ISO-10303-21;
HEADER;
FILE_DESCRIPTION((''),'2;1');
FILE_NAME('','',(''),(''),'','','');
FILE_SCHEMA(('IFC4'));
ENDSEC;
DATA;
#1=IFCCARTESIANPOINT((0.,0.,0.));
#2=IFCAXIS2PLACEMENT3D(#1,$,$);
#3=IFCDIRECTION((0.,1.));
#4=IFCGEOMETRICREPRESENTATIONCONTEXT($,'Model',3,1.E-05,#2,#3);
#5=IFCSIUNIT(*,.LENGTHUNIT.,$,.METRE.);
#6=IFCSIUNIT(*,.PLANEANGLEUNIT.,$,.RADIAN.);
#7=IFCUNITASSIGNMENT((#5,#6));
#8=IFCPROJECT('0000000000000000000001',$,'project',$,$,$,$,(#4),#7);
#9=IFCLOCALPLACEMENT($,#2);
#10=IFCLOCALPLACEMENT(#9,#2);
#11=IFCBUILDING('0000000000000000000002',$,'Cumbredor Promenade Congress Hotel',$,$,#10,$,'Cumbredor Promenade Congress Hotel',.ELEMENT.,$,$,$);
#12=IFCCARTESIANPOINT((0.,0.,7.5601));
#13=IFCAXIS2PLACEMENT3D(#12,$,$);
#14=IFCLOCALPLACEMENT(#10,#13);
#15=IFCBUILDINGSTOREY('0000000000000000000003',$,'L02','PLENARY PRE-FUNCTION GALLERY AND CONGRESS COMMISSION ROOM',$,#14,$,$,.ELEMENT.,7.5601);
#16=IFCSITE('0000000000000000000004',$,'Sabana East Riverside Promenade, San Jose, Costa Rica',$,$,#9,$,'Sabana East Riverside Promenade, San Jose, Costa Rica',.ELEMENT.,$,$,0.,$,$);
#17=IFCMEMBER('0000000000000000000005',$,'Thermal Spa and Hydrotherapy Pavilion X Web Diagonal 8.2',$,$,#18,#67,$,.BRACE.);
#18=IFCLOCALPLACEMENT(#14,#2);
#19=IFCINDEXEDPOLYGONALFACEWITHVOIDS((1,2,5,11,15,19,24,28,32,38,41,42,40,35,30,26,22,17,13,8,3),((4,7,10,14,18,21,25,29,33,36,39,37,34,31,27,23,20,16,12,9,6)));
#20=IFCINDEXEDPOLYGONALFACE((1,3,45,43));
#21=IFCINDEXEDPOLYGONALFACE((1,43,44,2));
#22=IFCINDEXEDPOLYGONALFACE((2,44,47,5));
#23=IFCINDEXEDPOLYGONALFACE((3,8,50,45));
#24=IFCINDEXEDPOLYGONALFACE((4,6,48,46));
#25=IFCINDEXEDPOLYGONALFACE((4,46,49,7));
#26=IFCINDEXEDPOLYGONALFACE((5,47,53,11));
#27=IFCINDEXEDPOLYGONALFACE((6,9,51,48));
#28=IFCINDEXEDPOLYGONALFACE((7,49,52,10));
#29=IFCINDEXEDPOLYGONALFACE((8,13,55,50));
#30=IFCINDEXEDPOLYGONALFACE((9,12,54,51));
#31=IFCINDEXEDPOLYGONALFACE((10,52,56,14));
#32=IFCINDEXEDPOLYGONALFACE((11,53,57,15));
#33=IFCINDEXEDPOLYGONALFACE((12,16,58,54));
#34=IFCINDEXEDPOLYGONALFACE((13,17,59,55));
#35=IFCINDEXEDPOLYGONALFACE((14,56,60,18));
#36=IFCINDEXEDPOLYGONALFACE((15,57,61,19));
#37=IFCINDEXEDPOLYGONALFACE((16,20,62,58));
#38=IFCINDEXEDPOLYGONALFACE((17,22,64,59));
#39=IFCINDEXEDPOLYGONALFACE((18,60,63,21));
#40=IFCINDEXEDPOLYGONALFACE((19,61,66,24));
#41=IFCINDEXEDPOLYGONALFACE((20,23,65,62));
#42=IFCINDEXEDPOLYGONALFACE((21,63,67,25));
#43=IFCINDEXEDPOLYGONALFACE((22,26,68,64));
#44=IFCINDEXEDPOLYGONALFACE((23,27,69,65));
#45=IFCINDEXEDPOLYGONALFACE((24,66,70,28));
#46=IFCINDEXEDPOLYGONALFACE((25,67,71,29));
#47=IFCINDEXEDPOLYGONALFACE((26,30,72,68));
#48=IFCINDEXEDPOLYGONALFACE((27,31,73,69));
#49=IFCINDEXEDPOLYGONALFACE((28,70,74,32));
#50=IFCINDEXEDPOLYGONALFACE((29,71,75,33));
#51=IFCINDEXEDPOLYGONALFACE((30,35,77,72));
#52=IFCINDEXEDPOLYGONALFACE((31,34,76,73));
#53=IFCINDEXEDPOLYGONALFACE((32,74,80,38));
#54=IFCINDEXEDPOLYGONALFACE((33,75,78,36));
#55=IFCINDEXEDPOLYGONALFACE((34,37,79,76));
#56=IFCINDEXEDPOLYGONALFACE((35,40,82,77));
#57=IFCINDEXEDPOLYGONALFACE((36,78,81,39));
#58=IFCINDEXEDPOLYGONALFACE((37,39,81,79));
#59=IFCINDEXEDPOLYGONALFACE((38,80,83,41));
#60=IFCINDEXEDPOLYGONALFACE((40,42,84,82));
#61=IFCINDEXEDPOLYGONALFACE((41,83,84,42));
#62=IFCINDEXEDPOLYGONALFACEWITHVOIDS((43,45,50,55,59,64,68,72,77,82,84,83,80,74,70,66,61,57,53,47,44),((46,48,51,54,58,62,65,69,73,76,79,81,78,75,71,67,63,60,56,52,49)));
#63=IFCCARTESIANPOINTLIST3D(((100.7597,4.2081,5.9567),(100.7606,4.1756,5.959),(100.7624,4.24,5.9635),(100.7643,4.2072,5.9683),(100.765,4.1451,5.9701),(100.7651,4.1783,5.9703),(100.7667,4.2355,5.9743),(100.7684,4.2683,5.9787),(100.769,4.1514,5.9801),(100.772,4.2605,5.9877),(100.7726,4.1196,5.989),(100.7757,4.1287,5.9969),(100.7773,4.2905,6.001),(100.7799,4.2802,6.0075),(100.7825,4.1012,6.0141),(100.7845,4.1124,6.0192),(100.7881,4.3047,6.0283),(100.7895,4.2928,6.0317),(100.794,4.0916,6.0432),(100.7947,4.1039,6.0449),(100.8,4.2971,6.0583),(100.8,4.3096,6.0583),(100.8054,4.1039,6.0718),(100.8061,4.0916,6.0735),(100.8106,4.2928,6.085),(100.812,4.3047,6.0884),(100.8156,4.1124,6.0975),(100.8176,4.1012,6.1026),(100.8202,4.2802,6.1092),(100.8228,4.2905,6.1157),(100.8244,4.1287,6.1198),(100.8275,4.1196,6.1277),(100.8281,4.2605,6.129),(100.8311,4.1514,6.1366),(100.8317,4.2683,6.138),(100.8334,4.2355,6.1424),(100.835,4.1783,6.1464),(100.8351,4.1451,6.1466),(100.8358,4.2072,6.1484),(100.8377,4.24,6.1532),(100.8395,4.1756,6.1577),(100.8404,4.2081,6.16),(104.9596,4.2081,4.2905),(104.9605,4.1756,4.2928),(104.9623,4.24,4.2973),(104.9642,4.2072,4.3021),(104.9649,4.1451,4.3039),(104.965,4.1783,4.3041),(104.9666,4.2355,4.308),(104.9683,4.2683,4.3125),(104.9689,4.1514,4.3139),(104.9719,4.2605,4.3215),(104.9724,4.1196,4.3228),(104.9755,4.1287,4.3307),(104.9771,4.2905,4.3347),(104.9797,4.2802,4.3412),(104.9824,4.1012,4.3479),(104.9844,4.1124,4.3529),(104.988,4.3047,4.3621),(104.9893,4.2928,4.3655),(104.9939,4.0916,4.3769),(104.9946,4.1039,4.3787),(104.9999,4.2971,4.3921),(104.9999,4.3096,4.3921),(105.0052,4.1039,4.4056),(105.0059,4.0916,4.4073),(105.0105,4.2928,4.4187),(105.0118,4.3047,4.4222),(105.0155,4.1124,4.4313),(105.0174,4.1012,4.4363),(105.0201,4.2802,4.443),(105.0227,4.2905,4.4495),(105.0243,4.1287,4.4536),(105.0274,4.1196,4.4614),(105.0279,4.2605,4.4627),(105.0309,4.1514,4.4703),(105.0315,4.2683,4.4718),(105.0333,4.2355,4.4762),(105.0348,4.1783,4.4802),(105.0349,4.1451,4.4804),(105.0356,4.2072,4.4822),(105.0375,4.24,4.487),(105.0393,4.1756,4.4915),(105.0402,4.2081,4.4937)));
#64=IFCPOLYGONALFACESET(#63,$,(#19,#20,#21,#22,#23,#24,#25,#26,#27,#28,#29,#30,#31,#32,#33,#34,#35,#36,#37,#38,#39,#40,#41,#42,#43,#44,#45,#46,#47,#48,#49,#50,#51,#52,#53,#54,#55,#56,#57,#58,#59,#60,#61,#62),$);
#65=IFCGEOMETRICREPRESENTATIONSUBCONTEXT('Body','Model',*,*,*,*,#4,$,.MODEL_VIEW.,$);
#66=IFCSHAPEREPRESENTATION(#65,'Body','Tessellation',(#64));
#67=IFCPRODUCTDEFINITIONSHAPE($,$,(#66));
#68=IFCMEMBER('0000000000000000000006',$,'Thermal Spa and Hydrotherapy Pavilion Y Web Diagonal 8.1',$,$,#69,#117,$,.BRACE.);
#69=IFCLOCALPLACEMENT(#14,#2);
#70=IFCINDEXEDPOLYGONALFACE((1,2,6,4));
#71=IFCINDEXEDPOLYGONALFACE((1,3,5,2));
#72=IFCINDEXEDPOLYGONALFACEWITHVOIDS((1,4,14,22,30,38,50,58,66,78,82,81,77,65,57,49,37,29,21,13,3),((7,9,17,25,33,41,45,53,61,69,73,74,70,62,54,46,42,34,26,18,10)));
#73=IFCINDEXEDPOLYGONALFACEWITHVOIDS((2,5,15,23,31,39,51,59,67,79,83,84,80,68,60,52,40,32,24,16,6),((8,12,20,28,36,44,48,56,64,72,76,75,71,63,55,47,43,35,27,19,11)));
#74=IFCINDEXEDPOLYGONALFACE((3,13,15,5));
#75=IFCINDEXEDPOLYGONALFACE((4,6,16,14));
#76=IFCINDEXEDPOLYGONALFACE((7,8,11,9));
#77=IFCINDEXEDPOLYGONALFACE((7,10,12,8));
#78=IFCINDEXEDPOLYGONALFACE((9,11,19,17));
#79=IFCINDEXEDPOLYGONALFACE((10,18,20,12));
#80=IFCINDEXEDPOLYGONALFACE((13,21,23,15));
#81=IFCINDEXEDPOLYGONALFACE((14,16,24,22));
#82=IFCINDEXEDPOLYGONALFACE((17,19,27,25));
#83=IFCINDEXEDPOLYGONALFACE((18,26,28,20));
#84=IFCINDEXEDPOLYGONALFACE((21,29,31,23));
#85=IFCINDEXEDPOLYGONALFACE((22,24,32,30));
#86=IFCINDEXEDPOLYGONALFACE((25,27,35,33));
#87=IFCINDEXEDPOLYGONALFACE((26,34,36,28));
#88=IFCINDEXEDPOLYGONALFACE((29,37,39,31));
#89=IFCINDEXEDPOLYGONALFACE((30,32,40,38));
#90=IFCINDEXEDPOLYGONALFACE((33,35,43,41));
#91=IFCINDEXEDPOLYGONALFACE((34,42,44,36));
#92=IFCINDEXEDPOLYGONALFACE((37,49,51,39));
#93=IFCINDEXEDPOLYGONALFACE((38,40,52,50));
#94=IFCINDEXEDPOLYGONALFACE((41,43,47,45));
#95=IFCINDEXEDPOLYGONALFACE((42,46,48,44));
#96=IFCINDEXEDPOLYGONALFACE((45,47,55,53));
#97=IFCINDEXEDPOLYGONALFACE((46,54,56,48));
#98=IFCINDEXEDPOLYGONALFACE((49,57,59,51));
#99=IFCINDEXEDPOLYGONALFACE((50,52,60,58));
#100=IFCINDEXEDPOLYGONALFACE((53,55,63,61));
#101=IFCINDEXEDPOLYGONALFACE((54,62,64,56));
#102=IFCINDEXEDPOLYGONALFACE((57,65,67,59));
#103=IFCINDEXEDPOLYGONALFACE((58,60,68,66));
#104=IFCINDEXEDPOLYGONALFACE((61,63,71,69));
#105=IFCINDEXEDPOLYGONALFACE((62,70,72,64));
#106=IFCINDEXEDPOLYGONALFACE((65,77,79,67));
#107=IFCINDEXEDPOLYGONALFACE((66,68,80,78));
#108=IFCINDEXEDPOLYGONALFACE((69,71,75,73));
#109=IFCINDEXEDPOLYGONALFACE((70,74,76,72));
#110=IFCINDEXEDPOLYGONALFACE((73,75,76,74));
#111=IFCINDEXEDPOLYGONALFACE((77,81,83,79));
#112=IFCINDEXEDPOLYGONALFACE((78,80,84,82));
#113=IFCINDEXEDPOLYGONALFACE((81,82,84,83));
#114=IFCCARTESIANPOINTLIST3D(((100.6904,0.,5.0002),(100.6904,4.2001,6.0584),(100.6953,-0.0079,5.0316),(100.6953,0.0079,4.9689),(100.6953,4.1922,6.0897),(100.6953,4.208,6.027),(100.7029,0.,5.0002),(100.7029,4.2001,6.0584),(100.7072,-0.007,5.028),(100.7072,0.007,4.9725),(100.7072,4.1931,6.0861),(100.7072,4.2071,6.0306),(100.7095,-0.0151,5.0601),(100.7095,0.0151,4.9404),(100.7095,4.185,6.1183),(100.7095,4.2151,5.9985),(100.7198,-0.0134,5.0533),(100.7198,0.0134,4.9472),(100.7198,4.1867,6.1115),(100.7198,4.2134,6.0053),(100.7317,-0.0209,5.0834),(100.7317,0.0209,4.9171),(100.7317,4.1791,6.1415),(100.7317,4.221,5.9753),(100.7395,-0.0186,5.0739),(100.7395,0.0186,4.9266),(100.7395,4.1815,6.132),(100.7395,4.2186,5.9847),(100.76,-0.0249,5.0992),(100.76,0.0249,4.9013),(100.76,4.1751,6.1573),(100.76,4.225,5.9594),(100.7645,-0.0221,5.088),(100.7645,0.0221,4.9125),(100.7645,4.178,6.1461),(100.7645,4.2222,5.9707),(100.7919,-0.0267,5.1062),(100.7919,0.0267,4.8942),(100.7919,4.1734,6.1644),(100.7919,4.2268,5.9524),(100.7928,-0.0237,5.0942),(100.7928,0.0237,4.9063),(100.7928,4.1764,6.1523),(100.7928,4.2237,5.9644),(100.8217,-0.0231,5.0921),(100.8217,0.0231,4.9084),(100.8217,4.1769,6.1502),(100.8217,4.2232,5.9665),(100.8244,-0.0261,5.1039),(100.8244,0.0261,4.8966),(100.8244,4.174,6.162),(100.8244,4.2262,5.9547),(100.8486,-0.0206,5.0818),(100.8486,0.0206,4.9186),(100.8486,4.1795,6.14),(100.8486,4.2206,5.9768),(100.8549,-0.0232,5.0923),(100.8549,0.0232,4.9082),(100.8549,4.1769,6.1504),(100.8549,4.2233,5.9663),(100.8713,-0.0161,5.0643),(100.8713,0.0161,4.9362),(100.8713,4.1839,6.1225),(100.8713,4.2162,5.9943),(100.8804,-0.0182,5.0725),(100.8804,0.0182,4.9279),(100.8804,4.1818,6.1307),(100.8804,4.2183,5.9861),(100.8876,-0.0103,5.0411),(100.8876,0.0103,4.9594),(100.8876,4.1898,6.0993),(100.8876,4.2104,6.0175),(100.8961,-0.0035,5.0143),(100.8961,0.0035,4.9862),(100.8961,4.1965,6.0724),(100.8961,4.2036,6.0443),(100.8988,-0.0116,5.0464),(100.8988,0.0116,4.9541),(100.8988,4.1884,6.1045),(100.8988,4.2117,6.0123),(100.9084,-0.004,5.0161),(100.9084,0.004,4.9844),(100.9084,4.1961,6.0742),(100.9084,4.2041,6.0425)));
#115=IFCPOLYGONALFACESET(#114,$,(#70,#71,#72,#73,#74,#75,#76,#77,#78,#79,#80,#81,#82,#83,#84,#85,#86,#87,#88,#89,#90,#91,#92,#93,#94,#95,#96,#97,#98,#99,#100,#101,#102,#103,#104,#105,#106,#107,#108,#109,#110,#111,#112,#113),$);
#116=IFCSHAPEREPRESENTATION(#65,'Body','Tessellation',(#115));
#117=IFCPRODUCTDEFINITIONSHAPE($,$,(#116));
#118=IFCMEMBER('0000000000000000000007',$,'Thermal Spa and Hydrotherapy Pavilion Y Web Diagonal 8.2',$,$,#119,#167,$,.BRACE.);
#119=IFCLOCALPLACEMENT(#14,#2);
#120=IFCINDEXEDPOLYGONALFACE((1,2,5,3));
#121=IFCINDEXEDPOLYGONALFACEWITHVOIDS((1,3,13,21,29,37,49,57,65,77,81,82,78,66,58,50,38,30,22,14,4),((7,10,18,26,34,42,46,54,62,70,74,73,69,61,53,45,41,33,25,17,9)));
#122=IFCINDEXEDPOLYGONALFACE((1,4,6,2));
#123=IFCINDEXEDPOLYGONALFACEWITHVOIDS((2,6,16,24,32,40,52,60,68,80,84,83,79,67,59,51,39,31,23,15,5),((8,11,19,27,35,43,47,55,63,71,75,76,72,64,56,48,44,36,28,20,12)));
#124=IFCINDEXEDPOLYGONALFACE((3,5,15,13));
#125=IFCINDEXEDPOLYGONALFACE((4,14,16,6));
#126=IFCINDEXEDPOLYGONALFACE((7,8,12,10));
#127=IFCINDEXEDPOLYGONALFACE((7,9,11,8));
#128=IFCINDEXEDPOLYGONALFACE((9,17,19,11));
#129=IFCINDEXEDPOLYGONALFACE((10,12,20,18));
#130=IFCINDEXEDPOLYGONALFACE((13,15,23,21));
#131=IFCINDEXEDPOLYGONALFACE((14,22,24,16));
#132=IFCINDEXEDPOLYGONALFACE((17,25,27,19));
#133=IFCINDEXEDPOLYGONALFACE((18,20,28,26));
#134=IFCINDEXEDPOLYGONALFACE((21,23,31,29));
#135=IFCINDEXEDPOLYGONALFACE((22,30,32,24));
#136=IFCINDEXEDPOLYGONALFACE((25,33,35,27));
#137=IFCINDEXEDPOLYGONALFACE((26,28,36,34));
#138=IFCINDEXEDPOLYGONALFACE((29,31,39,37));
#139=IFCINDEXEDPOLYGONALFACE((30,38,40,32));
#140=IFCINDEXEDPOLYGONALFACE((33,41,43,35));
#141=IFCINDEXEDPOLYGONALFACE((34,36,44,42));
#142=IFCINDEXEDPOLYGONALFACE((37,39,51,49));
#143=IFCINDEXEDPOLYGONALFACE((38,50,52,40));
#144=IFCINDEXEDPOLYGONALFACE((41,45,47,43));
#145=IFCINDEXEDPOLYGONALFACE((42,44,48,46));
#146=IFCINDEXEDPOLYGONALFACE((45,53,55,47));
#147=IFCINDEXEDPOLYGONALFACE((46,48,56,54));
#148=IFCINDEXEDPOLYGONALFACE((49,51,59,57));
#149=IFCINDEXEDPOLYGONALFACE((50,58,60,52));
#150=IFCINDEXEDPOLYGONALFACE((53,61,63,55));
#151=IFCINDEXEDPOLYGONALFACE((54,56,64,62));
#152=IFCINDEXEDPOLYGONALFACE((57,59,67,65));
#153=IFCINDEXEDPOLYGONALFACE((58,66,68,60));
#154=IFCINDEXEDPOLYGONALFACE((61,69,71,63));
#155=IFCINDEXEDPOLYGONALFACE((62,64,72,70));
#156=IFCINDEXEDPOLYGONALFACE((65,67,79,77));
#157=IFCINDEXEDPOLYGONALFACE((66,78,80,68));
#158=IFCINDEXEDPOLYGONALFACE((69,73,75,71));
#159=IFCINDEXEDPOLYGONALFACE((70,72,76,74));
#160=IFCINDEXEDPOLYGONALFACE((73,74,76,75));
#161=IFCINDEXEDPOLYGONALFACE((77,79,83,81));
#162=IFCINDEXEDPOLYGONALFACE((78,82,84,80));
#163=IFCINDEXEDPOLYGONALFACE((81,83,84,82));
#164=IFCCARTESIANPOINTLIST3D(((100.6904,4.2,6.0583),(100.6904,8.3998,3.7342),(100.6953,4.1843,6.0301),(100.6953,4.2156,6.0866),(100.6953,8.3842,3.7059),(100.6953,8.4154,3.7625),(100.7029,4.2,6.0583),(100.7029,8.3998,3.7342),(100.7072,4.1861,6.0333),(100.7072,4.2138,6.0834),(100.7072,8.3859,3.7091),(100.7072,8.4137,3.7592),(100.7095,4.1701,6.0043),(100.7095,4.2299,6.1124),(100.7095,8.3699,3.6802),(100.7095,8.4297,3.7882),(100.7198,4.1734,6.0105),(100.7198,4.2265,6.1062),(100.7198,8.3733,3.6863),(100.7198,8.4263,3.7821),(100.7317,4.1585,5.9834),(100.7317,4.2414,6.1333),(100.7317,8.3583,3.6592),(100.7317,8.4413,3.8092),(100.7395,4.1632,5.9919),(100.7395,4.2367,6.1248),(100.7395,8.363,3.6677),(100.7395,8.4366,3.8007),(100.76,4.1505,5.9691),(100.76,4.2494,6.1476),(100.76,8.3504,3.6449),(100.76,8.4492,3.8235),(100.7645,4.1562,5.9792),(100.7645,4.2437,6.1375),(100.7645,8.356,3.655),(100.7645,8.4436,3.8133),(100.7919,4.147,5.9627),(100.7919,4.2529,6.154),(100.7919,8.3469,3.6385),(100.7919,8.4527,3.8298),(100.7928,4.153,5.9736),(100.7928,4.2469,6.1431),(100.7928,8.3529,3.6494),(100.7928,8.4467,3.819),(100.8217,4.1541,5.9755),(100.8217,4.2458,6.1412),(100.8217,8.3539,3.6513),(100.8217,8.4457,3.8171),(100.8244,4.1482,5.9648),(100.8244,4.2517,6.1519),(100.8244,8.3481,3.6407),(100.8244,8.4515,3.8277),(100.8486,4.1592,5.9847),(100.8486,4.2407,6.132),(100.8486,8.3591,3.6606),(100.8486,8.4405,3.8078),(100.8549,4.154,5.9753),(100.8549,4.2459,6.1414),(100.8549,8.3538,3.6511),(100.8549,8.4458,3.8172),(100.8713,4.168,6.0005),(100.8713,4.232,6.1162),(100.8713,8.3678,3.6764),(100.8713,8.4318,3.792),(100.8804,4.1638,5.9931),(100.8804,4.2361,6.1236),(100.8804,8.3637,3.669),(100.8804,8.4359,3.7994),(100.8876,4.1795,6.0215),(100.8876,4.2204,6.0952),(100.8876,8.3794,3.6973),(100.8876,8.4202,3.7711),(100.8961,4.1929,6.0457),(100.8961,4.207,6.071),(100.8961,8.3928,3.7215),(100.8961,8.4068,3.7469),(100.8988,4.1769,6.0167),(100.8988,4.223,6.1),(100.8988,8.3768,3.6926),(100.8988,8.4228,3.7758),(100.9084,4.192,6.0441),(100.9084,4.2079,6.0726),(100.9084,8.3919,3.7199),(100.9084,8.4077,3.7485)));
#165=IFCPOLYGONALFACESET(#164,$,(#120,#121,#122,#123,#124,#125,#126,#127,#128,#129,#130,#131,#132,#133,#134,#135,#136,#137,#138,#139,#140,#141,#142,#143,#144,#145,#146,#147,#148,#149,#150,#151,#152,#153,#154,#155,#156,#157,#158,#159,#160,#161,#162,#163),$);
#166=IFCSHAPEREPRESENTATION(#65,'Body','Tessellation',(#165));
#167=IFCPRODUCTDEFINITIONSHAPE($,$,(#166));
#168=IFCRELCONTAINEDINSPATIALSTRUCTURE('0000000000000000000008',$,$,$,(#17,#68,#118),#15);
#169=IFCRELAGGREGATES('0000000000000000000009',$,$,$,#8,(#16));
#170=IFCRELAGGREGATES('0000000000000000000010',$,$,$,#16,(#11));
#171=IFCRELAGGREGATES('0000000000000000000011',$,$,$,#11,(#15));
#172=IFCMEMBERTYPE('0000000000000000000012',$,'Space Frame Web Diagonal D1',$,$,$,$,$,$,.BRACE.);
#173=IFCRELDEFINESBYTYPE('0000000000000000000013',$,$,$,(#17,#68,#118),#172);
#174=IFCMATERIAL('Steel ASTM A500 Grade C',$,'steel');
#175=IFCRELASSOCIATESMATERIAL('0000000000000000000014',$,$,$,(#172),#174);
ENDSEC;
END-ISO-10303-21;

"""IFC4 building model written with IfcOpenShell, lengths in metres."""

from ifc_helpers import new_model, si_unit, direction, frame, origin, origin_2d, place, context, subcontext, project, spatial, hollow_circle, extrude, material, material_profile, profile_set, type_object, element, save


model = new_model("IFC4")

# Units and contexts
model_context = context("Model", 3, precision=1e-05, world=origin(), true_north=direction((0.0, 1.0)))
body_context = subcontext(model_context, "Body", "Model", "MODEL_VIEW")
ifc_project = project(units=[si_unit("LENGTHUNIT", "METRE"), si_unit("PLANEANGLEUNIT", "RADIAN")], contexts=[model_context])

# Site, building, storey
site_placement = place(None, origin())
site = spatial("IfcSite", under=ifc_project, at=site_placement, Name="Sabana East Riverside Promenade, San Jose, Costa Rica", LongName="Sabana East Riverside Promenade, San Jose, Costa Rica", CompositionType="ELEMENT", RefElevation=0.0)
building_placement = place(site_placement, origin())
building = spatial("IfcBuilding", under=site, at=building_placement, Name="Cumbredor Promenade Congress Hotel", LongName="Cumbredor Promenade Congress Hotel", CompositionType="ELEMENT")
storey_placement = place(building_placement, frame((0.0, 0.0, 7.5601)))
storey = spatial("IfcBuildingStorey", under=building, at=storey_placement, Name="L02", Description="PLENARY PRE-FUNCTION GALLERY AND CONGRESS COMMISSION ROOM", CompositionType="ELEMENT", Elevation=7.5601)

# Members
ifc_material_1 = material(Name="Steel ASTM A500 Grade C", Category="steel")
ifc_material_profile_1 = material_profile(ifc_material_1, hollow_circle(Radius=0.1096, WallThickness=0.0125, at=origin_2d()), Name="CHS 219.1x12.5")
ifc_profile_set_1 = profile_set([ifc_material_profile_1], Name="Steel ASTM A500 Grade C")
member_type_1 = type_object("IfcMemberType", Name="Space Frame Web Diagonal D1", PredefinedType="BRACE", material=ifc_profile_set_1)
member_1_placement = place(storey_placement, frame((100.8, 4.2, 6.0583), z_axis=(0.92952, 0.0, -0.368771), x_axis=(0.0, 1.0, 0.0)))
element("IfcMember", 1, at=member_1_placement, inside=storey, type_object=member_type_1, Name="Thermal Spa and Hydrotherapy Pavilion X Web Diagonal 8.2", PredefinedType="BRACE", context=body_context, shape_type="SweptSolid", body=[
    extrude(hollow_circle(Radius=0.1096, WallThickness=0.0125, at=origin_2d()), origin(), (0.0, 0.0, 1.0), 4.5183),
])
member_2_placement = place(storey_placement, frame((100.8, 0.0, 5.0002), z_axis=(0.0, 0.9697, 0.244299), x_axis=(-1.0, 0.0, 0.0)))
element("IfcMember", 2, at=member_2_placement, inside=storey, type_object=member_type_1, Name="Thermal Spa and Hydrotherapy Pavilion Y Web Diagonal 8.1", PredefinedType="BRACE", context=body_context, shape_type="SweptSolid", body=[
    extrude(hollow_circle(Radius=0.1096, WallThickness=0.0125, at=origin_2d()), origin(), (0.0, 0.0, 1.0), 4.3313),
])
member_3_placement = place(storey_placement, frame((100.8, 4.2, 6.0583), z_axis=(0.0, 0.87496, -0.484196), x_axis=(-1.0, 0.0, 0.0)))
element("IfcMember", 3, at=member_3_placement, inside=storey, type_object=member_type_1, Name="Thermal Spa and Hydrotherapy Pavilion Y Web Diagonal 8.2", PredefinedType="BRACE", context=body_context, shape_type="SweptSolid", body=[
    extrude(hollow_circle(Radius=0.1096, WallThickness=0.0125, at=origin_2d()), origin(), (0.0, 0.0, 1.0), 4.8),
])

save(model, "model.ifc")
